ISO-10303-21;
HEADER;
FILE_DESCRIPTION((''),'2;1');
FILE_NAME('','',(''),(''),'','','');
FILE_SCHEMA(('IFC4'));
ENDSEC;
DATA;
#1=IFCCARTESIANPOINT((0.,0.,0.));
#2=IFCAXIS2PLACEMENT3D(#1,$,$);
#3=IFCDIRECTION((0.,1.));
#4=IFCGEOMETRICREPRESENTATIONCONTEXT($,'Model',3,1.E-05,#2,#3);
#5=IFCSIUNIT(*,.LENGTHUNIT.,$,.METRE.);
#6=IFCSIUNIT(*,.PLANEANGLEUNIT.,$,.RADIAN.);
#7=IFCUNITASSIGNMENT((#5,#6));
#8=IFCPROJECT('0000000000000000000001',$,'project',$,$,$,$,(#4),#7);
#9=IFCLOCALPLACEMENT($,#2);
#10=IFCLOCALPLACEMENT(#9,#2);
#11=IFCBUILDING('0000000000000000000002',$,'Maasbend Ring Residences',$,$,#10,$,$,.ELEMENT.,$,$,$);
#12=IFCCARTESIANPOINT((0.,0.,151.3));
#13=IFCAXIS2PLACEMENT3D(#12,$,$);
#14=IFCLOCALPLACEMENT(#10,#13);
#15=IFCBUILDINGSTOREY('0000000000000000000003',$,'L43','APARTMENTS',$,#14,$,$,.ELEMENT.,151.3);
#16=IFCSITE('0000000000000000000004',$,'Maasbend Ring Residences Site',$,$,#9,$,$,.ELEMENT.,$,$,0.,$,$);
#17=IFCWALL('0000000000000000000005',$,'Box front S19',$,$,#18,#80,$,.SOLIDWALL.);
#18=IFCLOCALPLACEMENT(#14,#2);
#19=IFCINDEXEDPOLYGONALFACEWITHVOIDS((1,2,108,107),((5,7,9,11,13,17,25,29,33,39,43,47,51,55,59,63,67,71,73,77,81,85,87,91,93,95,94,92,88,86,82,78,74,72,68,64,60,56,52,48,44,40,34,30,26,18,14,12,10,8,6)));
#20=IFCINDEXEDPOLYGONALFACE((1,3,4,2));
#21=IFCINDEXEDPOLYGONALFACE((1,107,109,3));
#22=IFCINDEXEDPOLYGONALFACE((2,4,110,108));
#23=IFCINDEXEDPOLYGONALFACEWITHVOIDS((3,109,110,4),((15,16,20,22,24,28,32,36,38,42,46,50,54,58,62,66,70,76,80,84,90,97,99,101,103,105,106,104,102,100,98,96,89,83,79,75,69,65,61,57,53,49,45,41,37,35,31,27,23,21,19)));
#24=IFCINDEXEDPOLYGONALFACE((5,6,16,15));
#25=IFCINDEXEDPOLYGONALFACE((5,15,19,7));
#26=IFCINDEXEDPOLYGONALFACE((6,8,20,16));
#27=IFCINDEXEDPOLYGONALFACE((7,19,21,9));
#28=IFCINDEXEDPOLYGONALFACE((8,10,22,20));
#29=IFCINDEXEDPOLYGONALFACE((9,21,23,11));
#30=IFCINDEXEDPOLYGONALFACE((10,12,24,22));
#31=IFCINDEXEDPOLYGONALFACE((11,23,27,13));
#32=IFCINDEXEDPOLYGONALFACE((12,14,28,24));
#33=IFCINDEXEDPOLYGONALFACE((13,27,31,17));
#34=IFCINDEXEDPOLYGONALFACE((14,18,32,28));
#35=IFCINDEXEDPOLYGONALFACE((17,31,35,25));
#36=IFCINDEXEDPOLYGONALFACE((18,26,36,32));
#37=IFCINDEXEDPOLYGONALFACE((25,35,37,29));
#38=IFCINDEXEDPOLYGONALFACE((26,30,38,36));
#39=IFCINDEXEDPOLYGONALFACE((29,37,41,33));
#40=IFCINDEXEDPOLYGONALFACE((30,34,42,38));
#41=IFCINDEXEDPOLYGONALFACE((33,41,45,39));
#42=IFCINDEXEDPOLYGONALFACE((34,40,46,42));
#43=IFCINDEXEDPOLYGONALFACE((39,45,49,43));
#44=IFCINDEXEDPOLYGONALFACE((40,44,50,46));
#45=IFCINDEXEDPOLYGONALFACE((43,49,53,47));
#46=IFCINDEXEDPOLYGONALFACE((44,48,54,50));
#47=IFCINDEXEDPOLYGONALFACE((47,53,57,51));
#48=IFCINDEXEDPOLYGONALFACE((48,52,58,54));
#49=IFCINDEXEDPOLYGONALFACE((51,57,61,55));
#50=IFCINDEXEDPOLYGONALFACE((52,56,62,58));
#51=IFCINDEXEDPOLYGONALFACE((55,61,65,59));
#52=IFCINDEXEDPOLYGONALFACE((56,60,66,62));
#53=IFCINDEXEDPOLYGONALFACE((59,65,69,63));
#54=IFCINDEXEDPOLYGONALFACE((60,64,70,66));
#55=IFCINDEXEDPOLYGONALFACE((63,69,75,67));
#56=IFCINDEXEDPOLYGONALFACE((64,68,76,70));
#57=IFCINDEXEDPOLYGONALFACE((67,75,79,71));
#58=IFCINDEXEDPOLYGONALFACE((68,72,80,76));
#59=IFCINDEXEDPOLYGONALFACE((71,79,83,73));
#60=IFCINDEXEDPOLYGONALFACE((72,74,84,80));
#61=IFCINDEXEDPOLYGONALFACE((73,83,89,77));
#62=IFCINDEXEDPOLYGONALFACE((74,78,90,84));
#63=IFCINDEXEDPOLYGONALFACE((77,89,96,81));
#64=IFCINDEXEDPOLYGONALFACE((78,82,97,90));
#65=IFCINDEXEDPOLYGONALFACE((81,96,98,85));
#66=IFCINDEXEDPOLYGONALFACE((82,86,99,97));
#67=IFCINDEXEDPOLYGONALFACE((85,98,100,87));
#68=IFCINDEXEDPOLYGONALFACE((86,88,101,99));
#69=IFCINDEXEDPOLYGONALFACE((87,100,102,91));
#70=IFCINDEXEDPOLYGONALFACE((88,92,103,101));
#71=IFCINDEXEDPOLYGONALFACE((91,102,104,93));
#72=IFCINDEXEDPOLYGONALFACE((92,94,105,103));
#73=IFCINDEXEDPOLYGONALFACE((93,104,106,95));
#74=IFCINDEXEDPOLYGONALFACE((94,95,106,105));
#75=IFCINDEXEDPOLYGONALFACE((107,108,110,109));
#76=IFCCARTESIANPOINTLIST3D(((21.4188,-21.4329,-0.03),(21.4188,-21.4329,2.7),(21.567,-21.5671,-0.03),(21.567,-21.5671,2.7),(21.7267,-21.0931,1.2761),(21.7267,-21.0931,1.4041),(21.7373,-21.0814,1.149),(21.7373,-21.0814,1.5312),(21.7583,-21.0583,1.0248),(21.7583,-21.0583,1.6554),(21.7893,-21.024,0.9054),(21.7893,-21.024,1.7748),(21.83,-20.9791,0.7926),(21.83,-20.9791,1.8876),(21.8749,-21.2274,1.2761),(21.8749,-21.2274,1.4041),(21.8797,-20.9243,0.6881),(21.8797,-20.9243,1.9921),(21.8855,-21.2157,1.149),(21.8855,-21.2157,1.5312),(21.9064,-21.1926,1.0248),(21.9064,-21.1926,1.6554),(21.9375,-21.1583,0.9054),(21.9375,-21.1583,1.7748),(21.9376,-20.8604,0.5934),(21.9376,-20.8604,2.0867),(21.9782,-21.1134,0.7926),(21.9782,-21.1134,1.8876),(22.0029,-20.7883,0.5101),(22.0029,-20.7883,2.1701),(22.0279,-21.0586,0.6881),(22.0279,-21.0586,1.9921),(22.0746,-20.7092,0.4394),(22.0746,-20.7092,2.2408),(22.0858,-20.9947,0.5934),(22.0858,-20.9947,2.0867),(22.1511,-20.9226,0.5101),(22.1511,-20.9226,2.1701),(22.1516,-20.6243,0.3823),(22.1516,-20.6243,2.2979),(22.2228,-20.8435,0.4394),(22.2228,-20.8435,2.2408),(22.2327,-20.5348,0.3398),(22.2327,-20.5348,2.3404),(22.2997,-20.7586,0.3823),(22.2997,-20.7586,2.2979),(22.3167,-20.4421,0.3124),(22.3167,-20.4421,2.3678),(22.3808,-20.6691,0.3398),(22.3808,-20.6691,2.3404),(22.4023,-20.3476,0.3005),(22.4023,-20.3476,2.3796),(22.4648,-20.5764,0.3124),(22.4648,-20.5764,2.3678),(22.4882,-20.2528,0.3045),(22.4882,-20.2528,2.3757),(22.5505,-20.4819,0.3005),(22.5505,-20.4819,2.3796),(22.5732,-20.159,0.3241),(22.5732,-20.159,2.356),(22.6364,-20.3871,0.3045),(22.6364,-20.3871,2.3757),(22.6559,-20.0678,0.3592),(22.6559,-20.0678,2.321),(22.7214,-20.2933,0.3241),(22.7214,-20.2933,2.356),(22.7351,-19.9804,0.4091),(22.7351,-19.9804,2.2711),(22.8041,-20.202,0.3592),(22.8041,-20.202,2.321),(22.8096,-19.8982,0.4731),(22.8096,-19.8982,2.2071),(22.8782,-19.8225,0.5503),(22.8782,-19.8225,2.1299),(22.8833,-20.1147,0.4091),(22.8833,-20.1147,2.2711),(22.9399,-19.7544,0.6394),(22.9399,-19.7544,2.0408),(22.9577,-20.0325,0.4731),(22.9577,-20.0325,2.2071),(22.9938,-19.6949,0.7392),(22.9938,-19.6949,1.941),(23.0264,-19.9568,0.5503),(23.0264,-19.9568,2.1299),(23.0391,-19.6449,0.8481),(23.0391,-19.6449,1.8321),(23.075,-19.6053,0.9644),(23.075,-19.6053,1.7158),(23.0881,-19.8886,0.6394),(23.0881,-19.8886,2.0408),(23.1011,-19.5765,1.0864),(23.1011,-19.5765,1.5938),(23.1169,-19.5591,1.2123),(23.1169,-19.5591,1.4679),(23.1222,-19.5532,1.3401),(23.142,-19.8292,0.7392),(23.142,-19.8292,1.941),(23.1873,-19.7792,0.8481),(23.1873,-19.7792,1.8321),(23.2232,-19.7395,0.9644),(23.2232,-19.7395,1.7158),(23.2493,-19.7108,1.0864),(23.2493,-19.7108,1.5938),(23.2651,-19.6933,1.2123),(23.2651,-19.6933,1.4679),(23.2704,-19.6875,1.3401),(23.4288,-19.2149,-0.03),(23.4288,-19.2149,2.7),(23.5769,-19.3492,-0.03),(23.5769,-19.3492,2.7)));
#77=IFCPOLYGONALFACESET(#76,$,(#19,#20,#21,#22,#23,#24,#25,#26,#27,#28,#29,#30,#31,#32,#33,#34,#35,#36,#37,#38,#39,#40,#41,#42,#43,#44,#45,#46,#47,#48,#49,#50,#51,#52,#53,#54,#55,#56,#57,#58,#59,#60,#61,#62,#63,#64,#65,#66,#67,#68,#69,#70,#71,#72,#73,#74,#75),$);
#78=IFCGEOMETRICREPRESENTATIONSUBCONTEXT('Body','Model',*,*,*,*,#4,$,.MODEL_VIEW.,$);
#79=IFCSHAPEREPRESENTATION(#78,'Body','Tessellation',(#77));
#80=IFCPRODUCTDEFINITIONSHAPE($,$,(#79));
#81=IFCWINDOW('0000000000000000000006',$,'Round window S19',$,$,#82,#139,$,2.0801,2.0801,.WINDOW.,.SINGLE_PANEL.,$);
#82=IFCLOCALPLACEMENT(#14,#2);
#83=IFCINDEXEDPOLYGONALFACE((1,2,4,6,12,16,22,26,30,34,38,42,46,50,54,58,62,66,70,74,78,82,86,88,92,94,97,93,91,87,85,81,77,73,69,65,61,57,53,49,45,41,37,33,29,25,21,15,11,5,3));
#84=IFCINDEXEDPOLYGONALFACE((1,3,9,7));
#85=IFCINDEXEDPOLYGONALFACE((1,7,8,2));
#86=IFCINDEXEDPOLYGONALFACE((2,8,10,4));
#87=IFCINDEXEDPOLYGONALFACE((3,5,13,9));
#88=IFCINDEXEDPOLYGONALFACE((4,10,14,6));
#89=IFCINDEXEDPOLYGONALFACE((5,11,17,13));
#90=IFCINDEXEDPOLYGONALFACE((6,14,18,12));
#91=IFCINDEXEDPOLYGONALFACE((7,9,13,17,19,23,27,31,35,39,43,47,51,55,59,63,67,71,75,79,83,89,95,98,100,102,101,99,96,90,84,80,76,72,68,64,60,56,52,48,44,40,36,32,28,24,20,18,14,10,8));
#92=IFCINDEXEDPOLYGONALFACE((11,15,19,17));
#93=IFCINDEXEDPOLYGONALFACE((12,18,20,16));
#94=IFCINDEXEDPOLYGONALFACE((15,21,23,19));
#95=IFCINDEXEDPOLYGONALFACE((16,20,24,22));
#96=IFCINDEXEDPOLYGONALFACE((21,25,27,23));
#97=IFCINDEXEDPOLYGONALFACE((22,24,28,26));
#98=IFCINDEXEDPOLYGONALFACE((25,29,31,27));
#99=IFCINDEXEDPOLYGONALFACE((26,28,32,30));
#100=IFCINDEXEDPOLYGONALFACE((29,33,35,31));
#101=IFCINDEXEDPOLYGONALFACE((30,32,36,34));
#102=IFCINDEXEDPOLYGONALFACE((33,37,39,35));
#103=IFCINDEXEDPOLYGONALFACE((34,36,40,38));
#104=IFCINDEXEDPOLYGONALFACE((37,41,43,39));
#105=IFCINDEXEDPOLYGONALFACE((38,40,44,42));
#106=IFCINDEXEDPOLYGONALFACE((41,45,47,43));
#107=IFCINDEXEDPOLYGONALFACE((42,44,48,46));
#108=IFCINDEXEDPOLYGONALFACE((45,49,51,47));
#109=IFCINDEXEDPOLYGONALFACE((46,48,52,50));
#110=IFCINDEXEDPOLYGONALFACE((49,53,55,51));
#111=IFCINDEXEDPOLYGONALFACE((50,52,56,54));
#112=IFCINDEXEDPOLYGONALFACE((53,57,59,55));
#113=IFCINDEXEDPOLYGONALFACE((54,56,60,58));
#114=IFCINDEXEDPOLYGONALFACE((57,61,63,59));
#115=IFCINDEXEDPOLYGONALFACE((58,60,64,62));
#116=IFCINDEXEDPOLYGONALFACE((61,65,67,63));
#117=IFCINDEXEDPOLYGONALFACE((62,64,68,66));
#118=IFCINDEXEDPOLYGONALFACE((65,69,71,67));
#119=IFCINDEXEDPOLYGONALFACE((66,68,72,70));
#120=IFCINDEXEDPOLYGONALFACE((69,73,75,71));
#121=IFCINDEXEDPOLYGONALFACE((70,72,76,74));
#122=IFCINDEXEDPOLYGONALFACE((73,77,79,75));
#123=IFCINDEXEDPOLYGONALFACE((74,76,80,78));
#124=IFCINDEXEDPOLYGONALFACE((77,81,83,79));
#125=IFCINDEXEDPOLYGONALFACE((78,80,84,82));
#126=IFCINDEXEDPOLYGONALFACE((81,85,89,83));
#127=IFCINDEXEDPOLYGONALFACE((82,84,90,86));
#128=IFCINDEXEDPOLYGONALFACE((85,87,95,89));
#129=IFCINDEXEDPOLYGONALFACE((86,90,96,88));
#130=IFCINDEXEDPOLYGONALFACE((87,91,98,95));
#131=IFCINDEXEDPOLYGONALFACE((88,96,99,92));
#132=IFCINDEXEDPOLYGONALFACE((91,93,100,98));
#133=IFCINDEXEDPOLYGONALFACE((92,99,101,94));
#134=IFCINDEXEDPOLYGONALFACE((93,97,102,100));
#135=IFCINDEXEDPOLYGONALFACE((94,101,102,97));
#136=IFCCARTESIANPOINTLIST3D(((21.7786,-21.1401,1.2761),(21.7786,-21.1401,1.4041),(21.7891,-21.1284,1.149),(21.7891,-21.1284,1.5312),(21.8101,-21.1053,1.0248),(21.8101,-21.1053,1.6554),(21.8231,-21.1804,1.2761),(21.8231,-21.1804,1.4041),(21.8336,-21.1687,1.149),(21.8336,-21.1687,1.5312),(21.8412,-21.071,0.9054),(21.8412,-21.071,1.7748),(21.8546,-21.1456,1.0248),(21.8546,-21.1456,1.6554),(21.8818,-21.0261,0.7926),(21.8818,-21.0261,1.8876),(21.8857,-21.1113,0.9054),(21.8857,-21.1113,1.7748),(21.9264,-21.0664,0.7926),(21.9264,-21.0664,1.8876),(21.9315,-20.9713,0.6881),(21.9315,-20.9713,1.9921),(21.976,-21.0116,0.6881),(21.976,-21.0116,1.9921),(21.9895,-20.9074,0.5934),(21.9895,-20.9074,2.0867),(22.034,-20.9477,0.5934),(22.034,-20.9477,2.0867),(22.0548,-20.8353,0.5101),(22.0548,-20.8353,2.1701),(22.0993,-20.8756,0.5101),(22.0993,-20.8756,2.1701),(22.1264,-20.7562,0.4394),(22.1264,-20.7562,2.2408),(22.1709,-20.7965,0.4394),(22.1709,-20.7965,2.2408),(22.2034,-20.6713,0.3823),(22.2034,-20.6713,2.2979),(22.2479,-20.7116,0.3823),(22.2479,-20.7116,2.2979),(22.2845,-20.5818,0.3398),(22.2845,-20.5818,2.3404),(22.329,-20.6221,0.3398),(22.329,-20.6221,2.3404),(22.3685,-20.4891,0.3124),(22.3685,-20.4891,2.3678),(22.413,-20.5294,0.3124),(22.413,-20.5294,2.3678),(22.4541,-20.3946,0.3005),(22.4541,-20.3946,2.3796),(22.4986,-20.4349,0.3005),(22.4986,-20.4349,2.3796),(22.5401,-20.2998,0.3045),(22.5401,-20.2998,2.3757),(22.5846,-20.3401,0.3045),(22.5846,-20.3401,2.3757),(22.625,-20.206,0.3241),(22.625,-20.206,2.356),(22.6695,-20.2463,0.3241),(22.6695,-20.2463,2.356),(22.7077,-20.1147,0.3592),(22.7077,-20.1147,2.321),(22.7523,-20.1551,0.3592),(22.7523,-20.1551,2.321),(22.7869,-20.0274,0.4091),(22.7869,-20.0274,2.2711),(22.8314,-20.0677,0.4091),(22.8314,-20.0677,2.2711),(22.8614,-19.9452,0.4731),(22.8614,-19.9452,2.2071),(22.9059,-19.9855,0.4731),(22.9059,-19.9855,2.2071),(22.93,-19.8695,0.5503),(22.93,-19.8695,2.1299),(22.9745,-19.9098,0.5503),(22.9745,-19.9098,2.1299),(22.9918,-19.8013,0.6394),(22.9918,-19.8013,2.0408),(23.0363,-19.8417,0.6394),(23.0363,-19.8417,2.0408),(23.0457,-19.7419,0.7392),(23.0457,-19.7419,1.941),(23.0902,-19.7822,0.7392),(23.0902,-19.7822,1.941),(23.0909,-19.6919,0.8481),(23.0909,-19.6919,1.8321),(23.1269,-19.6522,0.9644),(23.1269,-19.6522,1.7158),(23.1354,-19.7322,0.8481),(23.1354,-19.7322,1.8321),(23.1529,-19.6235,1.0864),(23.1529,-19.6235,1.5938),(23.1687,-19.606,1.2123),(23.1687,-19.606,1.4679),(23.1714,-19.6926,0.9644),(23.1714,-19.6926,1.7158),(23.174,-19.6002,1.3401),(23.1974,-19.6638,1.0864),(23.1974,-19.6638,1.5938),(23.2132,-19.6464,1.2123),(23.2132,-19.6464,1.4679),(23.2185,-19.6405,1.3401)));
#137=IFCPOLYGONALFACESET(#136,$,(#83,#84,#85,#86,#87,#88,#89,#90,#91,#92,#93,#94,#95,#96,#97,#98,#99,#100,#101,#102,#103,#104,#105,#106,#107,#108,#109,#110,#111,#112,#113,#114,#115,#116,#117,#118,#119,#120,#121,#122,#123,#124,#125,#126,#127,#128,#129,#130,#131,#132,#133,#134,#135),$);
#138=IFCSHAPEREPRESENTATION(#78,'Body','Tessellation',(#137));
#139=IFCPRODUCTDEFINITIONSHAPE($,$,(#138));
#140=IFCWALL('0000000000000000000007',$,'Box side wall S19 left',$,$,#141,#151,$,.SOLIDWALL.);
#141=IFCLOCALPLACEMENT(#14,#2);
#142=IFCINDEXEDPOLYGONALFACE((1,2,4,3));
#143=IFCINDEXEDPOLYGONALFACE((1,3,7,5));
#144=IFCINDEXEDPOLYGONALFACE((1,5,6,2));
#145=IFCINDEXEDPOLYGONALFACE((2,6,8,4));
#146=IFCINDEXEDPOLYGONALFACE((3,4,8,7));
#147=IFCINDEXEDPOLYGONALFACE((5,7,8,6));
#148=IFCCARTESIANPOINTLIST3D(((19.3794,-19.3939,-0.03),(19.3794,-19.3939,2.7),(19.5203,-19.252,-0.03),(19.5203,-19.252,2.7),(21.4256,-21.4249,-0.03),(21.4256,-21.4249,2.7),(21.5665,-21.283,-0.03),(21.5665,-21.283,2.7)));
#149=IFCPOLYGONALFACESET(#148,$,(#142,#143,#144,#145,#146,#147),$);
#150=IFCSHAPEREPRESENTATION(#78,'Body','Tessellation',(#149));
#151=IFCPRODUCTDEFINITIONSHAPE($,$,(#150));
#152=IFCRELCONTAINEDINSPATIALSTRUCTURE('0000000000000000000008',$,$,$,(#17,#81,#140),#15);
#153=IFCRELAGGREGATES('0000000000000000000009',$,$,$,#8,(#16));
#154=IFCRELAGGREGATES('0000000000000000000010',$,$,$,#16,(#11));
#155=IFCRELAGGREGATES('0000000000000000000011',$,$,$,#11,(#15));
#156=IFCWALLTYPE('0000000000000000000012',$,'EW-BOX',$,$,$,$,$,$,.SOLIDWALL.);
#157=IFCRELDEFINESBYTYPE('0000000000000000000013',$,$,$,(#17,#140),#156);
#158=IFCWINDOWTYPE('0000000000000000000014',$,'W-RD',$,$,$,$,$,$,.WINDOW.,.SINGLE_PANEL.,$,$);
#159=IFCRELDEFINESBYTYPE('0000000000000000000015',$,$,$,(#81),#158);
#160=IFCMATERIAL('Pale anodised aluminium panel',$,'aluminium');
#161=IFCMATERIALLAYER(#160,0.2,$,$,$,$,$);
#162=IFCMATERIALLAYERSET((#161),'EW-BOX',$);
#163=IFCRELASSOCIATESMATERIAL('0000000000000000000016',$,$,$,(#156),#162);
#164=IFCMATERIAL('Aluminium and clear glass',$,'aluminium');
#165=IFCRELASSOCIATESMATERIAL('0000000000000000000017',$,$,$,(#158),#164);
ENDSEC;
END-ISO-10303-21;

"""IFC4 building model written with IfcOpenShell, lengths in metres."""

from ifc_helpers import new_model, si_unit, direction, frame, frame_2d, origin, place, context, subcontext, project, spatial, rectangle, circle, extrude, material, layer, layer_set, type_object, element, fill, save


model = new_model("IFC4")

# Units and contexts
model_context = context("Model", 3, precision=1e-05, world=origin(), true_north=direction((0.0, 1.0)))
body_context = subcontext(model_context, "Body", "Model", "MODEL_VIEW")
ifc_project = project(units=[si_unit("LENGTHUNIT", "METRE"), si_unit("PLANEANGLEUNIT", "RADIAN")], contexts=[model_context])

# Site, building, storey
site_placement = place(None, origin())
site = spatial("IfcSite", under=ifc_project, at=site_placement, Name="Maasbend Ring Residences Site", CompositionType="ELEMENT", RefElevation=0.0)
building_placement = place(site_placement, origin())
building = spatial("IfcBuilding", under=site, at=building_placement, Name="Maasbend Ring Residences", CompositionType="ELEMENT")
storey_placement = place(building_placement, frame((0.0, 0.0, 151.3)))
storey = spatial("IfcBuildingStorey", under=building, at=storey_placement, Name="L43", Description="APARTMENTS", CompositionType="ELEMENT", Elevation=151.3)

# Shared definitions
ifc_material_1 = material(Name="Pale anodised aluminium panel", Category="aluminium")
ifc_layer_1 = layer(ifc_material_1, 0.2)
ifc_layer_set_1 = layer_set([ifc_layer_1], Name="EW-BOX")
wall_type_1 = type_object("IfcWallType", Name="EW-BOX", PredefinedType="SOLIDWALL", material=ifc_layer_set_1)
ifc_material_2 = material(Name="Aluminium and clear glass", Category="aluminium")
window_type_1 = type_object("IfcWindowType", Name="W-RD", PartitioningType="SINGLE_PANEL", PredefinedType="WINDOW", material=ifc_material_2)

# Wall, opening, window
wall_1_placement = place(storey_placement, frame((21.4929, -21.5, -0.03), z_axis=(0.0, 0.0, 1.0), x_axis=(0.671507, 0.740998, 0.0)))
wall_1 = element("IfcWall", 1, at=wall_1_placement, inside=storey, type_object=wall_type_1, Name="Box front S19", PredefinedType="SOLIDWALL", context=body_context, shape_type="SweptSolid", body=[
    extrude(rectangle(XDim=2.9932, YDim=0.2, at=frame_2d((1.4966, 0.0))), origin(), (0.0, 0.0, 1.0), 2.73),
])
opening_1_placement = place(wall_1_placement, frame((0.4565, 0.0, 0.3301)))
opening_1 = element("IfcOpeningElement", 2, at=opening_1_placement, cuts=wall_1, PredefinedType="OPENING", context=body_context, shape_type="SweptSolid", body=[
    extrude(circle(Radius=1.04, at=frame_2d((1.04, 1.04))), frame((0.0, 0.1099, 0.0), z_axis=(0.0, -1.0, 0.0), x_axis=(1.0, 0.0, 0.0)), (0.0, 0.0, 1.0), 0.22),
])
window_1_placement = place(opening_1_placement, origin())
window_1 = element("IfcWindow", 3, at=window_1_placement, inside=storey, type_object=window_type_1, Name="Round window S19", OverallHeight=2.0801, OverallWidth=2.0801, PartitioningType="SINGLE_PANEL", PredefinedType="WINDOW", context=body_context, shape_type="SweptSolid", body=[
    extrude(circle(Radius=1.04, at=frame_2d((1.04, 1.04))), frame((0.0, 0.03, 0.0), z_axis=(0.0, -1.0, 0.0), x_axis=(1.0, 0.0, 0.0)), (0.0, 0.0, 1.0), 0.0601),
])
fill(opening_1, window_1)

# Wall
wall_2_placement = place(storey_placement, frame((19.45, -19.323, -0.03), z_axis=(0.0, 0.0, 1.0), x_axis=(0.709727, -0.704477, 0.0)))
element("IfcWall", 4, at=wall_2_placement, inside=storey, type_object=wall_type_1, Name="Box side wall S19 left", PredefinedType="SOLIDWALL", context=body_context, shape_type="SweptSolid", body=[
    extrude(rectangle(XDim=2.8831, YDim=0.2, at=frame_2d((1.4414, 0.0))), origin(), (0.0, 0.0, 1.0), 2.73),
])

save(model, "model.ifc")
